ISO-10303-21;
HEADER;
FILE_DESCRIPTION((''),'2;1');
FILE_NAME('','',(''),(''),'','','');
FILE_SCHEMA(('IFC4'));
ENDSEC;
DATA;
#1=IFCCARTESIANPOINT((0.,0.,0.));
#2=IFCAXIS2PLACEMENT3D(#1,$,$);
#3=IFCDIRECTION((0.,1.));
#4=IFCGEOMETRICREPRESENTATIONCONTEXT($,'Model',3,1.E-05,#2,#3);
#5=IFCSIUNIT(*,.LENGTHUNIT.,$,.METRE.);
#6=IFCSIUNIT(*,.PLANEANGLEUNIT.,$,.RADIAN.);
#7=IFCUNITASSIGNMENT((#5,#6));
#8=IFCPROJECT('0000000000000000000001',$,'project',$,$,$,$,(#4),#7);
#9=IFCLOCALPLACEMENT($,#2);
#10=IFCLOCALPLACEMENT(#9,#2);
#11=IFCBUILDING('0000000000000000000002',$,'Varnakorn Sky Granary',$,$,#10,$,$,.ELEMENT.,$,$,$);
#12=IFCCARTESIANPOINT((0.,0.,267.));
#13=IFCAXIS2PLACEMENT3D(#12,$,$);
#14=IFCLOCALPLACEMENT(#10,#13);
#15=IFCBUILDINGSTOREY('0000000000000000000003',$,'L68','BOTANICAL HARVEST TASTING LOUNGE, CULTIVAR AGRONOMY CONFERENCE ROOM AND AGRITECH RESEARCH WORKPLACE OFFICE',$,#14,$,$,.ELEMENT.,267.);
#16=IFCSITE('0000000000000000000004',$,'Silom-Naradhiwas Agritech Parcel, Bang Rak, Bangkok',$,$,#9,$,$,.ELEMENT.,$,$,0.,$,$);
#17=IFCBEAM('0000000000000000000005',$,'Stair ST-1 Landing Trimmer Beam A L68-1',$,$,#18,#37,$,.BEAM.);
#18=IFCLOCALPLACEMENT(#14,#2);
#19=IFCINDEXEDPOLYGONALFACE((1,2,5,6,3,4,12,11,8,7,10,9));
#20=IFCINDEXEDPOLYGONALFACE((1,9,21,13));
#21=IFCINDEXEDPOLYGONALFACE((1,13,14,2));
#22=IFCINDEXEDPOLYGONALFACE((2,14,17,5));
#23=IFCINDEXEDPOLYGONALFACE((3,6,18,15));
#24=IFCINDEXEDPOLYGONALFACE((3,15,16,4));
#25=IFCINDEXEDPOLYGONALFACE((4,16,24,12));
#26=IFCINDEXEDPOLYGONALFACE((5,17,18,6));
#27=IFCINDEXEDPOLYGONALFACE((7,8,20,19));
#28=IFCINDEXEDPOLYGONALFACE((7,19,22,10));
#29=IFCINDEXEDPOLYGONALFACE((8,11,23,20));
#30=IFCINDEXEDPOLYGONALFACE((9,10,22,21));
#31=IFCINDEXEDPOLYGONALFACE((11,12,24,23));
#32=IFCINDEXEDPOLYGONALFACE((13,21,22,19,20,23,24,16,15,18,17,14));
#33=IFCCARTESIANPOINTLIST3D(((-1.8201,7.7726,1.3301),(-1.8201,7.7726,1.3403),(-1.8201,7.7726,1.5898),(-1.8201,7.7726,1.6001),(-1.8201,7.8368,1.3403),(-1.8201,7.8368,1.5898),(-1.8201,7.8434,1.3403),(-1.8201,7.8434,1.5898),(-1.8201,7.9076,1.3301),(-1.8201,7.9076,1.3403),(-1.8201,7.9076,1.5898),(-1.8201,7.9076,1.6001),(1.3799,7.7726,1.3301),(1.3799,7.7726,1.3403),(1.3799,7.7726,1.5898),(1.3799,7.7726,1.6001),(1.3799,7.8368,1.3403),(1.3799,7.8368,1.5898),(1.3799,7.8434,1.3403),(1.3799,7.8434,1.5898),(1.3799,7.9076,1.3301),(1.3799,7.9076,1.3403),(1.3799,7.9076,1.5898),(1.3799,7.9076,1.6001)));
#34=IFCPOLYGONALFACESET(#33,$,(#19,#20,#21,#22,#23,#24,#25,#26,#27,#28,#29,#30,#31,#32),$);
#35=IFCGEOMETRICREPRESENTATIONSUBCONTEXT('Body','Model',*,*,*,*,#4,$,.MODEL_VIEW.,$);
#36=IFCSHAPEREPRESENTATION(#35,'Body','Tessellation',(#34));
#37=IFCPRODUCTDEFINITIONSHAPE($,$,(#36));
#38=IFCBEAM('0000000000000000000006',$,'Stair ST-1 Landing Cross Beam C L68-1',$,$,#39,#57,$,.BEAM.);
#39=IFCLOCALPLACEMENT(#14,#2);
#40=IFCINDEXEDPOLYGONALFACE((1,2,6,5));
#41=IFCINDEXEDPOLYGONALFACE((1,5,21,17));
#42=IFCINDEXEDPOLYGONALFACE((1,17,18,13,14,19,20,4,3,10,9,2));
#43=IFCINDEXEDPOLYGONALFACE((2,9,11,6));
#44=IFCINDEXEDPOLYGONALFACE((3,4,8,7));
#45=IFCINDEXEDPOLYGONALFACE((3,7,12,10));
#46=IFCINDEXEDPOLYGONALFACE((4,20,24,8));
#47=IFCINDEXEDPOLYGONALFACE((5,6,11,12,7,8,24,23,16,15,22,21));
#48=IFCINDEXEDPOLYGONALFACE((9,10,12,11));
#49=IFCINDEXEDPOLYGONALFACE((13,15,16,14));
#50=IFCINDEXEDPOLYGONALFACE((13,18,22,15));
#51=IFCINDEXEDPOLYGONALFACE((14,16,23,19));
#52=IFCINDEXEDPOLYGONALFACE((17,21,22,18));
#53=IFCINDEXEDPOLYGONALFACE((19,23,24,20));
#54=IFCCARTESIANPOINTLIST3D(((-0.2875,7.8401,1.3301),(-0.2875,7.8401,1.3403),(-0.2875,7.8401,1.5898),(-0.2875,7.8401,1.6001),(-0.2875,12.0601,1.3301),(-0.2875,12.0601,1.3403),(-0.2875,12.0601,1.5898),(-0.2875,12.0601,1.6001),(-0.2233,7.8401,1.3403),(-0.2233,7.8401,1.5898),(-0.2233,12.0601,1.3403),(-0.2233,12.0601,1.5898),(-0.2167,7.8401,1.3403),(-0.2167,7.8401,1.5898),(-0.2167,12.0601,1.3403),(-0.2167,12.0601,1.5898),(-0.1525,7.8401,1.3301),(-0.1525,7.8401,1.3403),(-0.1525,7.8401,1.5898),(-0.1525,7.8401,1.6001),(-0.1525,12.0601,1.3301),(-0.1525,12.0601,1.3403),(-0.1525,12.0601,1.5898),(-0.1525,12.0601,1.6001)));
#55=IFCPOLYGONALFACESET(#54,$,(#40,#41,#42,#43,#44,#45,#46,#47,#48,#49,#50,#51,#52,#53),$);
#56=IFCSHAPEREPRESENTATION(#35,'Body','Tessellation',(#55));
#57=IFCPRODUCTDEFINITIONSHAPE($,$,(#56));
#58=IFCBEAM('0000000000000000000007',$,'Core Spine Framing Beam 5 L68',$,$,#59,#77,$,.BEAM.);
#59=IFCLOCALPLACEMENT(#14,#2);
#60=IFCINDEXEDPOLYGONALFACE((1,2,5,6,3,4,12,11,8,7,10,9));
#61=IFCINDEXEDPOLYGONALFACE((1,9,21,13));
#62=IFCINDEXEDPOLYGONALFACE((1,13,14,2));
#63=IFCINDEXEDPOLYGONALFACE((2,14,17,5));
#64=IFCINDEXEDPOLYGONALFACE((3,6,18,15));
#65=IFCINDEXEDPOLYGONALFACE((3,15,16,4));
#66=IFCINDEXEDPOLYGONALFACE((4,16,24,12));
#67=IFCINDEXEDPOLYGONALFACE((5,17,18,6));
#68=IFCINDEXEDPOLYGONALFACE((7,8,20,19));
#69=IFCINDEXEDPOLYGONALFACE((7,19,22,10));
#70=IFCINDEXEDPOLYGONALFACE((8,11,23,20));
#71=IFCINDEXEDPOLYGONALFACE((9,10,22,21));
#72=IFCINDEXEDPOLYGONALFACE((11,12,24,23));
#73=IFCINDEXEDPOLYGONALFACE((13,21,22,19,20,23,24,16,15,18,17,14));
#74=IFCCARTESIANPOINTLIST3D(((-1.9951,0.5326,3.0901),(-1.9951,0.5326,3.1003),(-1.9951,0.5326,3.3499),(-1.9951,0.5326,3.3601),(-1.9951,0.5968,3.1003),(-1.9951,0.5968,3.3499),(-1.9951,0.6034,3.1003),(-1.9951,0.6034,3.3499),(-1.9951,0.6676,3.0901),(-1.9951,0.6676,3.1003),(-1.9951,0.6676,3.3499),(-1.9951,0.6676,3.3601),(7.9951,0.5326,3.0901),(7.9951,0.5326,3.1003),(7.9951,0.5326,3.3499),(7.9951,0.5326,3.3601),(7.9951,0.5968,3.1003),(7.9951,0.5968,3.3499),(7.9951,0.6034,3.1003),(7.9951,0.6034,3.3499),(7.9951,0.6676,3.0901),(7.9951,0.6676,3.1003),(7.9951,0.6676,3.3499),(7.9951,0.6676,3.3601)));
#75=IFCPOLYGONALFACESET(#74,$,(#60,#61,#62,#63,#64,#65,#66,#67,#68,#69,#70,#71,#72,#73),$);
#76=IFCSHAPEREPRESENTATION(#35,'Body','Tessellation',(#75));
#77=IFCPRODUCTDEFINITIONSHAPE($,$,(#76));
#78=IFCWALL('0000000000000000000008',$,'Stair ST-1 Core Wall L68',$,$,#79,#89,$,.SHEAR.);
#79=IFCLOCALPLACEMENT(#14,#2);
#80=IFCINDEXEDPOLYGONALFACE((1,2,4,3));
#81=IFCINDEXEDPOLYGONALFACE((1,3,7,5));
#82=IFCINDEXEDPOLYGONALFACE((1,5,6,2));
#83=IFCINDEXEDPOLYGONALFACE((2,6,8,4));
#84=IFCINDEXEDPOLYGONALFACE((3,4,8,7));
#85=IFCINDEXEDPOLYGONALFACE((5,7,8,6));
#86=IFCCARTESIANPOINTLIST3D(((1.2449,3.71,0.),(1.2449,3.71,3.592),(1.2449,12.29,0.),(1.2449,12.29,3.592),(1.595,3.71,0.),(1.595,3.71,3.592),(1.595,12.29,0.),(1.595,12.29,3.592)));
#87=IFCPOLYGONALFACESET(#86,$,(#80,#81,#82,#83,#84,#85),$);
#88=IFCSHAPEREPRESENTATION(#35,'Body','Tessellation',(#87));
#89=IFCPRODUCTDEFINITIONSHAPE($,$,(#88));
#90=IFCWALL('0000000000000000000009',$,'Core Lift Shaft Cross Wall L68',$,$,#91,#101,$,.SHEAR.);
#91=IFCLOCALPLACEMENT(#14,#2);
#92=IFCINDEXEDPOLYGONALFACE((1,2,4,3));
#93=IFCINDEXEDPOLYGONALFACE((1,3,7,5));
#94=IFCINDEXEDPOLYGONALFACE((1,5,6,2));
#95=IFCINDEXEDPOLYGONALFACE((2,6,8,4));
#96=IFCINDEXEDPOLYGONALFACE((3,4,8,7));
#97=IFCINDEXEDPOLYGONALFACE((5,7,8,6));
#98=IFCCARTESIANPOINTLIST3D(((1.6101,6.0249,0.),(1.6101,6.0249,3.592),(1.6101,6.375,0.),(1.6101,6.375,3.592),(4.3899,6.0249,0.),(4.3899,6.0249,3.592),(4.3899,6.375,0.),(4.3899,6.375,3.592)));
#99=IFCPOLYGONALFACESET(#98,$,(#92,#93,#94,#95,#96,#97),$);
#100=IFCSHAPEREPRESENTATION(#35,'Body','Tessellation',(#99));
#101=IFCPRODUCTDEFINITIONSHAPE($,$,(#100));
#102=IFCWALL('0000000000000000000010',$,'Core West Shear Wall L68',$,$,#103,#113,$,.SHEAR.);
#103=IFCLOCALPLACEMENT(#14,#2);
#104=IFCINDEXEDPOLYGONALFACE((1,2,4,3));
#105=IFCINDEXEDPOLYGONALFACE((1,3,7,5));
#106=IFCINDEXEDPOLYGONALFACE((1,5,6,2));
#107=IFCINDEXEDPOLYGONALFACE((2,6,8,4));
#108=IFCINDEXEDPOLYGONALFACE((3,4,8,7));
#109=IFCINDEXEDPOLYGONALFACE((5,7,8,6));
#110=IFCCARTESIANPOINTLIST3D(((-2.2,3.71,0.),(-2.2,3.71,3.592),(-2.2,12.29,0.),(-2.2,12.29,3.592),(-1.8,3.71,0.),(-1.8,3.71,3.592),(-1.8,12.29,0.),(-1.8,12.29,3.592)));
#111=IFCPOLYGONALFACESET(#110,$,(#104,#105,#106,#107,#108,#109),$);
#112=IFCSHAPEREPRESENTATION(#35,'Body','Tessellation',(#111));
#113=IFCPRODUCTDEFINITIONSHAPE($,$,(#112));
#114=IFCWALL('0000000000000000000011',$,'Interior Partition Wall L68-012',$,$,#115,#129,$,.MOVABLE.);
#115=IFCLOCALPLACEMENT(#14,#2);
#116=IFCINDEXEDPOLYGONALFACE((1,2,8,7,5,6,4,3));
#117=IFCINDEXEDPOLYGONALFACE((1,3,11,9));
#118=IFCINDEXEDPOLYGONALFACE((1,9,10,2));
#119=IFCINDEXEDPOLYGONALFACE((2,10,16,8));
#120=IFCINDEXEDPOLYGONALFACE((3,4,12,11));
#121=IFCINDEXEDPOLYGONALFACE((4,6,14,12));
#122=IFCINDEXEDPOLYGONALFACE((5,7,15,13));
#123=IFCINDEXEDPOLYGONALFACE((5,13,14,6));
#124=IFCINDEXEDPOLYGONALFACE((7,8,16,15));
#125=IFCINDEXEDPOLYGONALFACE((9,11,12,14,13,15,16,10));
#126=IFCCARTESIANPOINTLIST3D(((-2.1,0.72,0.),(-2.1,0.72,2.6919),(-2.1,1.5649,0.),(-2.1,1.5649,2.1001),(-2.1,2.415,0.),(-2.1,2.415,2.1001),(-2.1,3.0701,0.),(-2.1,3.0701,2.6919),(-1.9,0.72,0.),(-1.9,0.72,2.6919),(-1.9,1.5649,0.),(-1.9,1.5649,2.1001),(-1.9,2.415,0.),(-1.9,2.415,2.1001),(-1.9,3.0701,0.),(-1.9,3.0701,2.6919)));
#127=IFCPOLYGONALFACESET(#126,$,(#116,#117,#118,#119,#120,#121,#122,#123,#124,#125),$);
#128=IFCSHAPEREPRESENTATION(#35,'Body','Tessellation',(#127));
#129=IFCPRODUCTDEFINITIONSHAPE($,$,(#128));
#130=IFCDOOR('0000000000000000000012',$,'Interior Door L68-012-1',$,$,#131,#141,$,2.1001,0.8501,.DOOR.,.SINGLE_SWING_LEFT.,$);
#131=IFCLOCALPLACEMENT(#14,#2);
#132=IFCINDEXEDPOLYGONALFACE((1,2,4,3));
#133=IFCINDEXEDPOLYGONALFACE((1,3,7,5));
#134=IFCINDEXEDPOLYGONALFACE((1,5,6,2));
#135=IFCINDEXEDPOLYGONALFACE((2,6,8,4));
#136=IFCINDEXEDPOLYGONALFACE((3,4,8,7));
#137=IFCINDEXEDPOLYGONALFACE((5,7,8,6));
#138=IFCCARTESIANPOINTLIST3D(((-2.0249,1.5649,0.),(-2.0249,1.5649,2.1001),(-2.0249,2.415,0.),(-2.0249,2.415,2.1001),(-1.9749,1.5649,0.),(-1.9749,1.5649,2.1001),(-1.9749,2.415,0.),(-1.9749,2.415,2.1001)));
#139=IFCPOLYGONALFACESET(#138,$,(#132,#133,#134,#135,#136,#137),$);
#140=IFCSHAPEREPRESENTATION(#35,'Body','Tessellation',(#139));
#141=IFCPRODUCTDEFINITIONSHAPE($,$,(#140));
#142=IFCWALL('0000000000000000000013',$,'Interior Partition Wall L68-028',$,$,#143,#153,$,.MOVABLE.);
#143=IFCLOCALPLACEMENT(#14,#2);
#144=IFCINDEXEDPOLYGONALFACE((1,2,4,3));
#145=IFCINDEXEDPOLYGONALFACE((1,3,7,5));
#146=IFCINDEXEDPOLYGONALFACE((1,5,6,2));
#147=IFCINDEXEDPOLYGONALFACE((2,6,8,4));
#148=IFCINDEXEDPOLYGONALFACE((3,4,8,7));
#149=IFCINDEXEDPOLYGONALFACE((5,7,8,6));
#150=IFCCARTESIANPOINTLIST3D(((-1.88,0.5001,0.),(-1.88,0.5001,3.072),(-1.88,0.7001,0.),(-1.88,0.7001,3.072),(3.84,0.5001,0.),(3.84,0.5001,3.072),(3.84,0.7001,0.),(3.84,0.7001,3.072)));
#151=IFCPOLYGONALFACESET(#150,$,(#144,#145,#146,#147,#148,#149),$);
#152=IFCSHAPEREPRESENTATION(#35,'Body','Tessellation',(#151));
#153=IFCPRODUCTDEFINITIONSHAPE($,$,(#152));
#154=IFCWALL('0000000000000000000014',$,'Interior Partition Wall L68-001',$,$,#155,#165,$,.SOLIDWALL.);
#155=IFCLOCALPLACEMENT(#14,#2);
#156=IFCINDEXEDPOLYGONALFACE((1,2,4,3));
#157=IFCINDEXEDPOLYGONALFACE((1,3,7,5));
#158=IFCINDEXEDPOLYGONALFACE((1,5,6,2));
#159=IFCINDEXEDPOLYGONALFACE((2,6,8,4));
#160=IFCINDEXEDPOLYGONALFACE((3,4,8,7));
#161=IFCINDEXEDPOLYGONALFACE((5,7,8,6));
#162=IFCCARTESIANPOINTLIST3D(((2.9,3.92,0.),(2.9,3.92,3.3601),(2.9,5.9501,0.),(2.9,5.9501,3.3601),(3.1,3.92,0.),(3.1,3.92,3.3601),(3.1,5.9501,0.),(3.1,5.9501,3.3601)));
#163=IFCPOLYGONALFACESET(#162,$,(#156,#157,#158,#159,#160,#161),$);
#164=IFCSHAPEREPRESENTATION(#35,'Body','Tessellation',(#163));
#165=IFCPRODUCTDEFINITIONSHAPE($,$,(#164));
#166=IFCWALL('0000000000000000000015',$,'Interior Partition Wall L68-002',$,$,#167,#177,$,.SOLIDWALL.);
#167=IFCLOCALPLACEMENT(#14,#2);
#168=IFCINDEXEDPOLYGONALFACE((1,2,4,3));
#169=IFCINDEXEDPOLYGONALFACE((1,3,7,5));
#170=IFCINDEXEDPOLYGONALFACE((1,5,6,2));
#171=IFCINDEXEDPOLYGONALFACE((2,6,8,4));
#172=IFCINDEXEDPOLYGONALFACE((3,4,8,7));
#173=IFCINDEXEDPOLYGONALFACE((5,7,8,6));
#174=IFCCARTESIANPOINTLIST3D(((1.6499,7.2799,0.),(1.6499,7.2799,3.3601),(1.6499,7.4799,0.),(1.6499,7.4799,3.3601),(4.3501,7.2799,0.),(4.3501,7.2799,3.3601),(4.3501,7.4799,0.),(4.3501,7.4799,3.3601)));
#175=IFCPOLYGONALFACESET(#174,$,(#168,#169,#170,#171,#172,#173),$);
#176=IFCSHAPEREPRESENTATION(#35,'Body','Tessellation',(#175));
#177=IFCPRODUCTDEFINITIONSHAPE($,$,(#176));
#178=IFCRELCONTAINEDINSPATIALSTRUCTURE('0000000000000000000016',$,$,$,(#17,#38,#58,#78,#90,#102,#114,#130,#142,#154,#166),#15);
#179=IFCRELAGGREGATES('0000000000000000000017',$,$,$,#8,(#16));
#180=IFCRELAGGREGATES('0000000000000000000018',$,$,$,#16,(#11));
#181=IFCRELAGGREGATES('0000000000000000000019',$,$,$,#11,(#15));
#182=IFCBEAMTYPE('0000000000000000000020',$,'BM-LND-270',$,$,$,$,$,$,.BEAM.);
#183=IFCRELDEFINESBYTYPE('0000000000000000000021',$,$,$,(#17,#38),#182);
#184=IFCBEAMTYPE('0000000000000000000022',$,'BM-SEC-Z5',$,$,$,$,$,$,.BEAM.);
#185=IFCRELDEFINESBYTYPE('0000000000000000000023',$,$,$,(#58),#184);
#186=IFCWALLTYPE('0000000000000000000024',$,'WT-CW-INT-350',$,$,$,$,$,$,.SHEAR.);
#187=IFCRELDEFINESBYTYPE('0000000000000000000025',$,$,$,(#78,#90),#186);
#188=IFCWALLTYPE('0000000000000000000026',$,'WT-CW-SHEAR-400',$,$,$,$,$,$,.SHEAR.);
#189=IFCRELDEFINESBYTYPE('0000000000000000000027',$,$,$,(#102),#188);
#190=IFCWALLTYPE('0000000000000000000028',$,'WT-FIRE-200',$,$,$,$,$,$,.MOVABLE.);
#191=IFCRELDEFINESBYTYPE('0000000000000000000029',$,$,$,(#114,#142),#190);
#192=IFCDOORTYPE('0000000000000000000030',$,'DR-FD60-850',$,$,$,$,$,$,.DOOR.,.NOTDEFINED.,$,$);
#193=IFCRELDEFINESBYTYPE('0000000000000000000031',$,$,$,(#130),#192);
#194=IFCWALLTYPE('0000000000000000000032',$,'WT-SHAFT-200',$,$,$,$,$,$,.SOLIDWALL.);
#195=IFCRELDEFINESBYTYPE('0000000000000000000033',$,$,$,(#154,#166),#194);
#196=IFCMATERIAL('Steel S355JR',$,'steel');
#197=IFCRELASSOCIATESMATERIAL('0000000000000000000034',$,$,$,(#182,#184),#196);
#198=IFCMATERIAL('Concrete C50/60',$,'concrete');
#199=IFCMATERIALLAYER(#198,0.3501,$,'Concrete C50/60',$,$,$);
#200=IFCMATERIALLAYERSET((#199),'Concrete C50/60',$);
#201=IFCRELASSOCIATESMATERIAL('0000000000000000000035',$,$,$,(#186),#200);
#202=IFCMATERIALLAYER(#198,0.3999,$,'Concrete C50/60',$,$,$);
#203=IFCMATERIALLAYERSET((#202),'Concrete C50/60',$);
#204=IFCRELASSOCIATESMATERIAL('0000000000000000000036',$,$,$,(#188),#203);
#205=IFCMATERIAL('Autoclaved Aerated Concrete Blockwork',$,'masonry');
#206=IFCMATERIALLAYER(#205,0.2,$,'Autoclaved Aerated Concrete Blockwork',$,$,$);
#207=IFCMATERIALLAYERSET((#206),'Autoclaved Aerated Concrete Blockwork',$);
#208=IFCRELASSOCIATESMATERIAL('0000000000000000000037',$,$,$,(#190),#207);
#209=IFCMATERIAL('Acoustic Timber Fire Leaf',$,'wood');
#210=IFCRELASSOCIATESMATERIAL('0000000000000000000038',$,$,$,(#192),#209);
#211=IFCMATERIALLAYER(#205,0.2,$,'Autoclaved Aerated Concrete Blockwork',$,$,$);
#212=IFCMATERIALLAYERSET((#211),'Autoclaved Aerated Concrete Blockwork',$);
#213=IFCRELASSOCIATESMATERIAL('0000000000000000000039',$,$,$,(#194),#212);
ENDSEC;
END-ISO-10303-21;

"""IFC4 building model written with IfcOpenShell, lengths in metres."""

from ifc_helpers import new_model, si_unit, direction, frame, frame_2d, origin, origin_2d, place, context, subcontext, project, spatial, rectangle, i_section, extrude, material, layer, layer_set, material_profile, profile_set, type_object, element, fill, save


model = new_model("IFC4")

# Units and contexts
model_context = context("Model", 3, precision=1e-05, world=origin(), true_north=direction((0.0, 1.0)))
body_context = subcontext(model_context, "Body", "Model", "MODEL_VIEW")
ifc_project = project(units=[si_unit("LENGTHUNIT", "METRE"), si_unit("PLANEANGLEUNIT", "RADIAN")], contexts=[model_context])

# Site, building, storey
site_placement = place(None, origin())
site = spatial("IfcSite", under=ifc_project, at=site_placement, Name="Silom-Naradhiwas Agritech Parcel, Bang Rak, Bangkok", CompositionType="ELEMENT", RefElevation=0.0)
building_placement = place(site_placement, origin())
building = spatial("IfcBuilding", under=site, at=building_placement, Name="Varnakorn Sky Granary", CompositionType="ELEMENT")
storey_placement = place(building_placement, frame((0.0, 0.0, 267.0)))
storey = spatial("IfcBuildingStorey", under=building, at=storey_placement, Name="L68", Description="BOTANICAL HARVEST TASTING LOUNGE, CULTIVAR AGRONOMY CONFERENCE ROOM AND AGRITECH RESEARCH WORKPLACE OFFICE", CompositionType="ELEMENT", Elevation=267.0)

# Beams
ifc_material_1 = material(Name="Steel S355JR", Category="steel")
ifc_material_profile_1 = material_profile(ifc_material_1, i_section(OverallWidth=0.135, OverallDepth=0.27, WebThickness=0.0066, FlangeThickness=0.0103, at=origin_2d()), Name="IPE 270")
ifc_profile_set_1 = profile_set([ifc_material_profile_1], Name="Steel S355JR")
beam_type_1 = type_object("IfcBeamType", Name="BM-LND-270", PredefinedType="BEAM", material=ifc_profile_set_1)
beam_1_placement = place(storey_placement, frame((-1.8201, 7.8401, 1.4651), z_axis=(1.0, 0.0, 0.0), x_axis=(0.0, 1.0, 0.0)))
element("IfcBeam", 1, at=beam_1_placement, inside=storey, type_object=beam_type_1, Name="Stair ST-1 Landing Trimmer Beam A L68-1", PredefinedType="BEAM", context=body_context, shape_type="SweptSolid", body=[
    extrude(i_section(OverallWidth=0.135, OverallDepth=0.27, WebThickness=0.0066, FlangeThickness=0.0103, at=origin_2d()), origin(), (0.0, 0.0, 1.0), 3.2),
])
beam_2_placement = place(storey_placement, frame((-0.22, 7.8401, 1.4651), z_axis=(0.0, 1.0, 0.0), x_axis=(-1.0, 0.0, 0.0)))
element("IfcBeam", 2, at=beam_2_placement, inside=storey, type_object=beam_type_1, Name="Stair ST-1 Landing Cross Beam C L68-1", PredefinedType="BEAM", context=body_context, shape_type="SweptSolid", body=[
    extrude(i_section(OverallWidth=0.135, OverallDepth=0.27, WebThickness=0.0066, FlangeThickness=0.0103, at=origin_2d()), origin(), (0.0, 0.0, 1.0), 4.22),
])
ifc_material_profile_2 = material_profile(ifc_material_1, i_section(OverallWidth=0.135, OverallDepth=0.27, WebThickness=0.0066, FlangeThickness=0.0103, at=origin_2d()), Name="IPE 270")
ifc_profile_set_2 = profile_set([ifc_material_profile_2], Name="Steel S355JR")
beam_type_2 = type_object("IfcBeamType", Name="BM-SEC-Z5", PredefinedType="BEAM", material=ifc_profile_set_2)
beam_3_placement = place(storey_placement, frame((-1.9951, 0.6001, 3.2251), z_axis=(1.0, 0.0, 0.0), x_axis=(0.0, 1.0, 0.0)))
element("IfcBeam", 3, at=beam_3_placement, inside=storey, type_object=beam_type_2, Name="Core Spine Framing Beam 5 L68", PredefinedType="BEAM", context=body_context, shape_type="SweptSolid", body=[
    extrude(i_section(OverallWidth=0.135, OverallDepth=0.27, WebThickness=0.0066, FlangeThickness=0.0103, at=origin_2d()), origin(), (0.0, 0.0, 1.0), 9.9902),
])

# Walls
ifc_material_2 = material(Name="Concrete C50/60", Category="concrete")
ifc_layer_1 = layer(ifc_material_2, 0.3501, Name="Concrete C50/60")
ifc_layer_set_1 = layer_set([ifc_layer_1], Name="Concrete C50/60")
wall_type_1 = type_object("IfcWallType", Name="WT-CW-INT-350", PredefinedType="SHEAR", material=ifc_layer_set_1)
wall_1_placement = place(storey_placement, frame((1.4199, 3.71, 0.0), z_axis=(0.0, 0.0, 1.0), x_axis=(0.0, 1.0, 0.0)))
element("IfcWall", 4, at=wall_1_placement, inside=storey, type_object=wall_type_1, Name="Stair ST-1 Core Wall L68", PredefinedType="SHEAR", context=body_context, shape_type="SweptSolid", body=[
    extrude(rectangle(XDim=8.5801, YDim=0.3501, at=frame_2d((4.29, 0.0))), origin(), (0.0, 0.0, 1.0), 3.592),
])
wall_2_placement = place(storey_placement, frame((1.6101, 6.2, 0.0), z_axis=(0.0, 0.0, 1.0), x_axis=(1.0, 0.0, 0.0)))
element("IfcWall", 5, at=wall_2_placement, inside=storey, type_object=wall_type_1, Name="Core Lift Shaft Cross Wall L68", PredefinedType="SHEAR", context=body_context, shape_type="SweptSolid", body=[
    extrude(rectangle(XDim=2.7798, YDim=0.3501, at=frame_2d((1.3899, 0.0))), origin(), (0.0, 0.0, 1.0), 3.592),
])

# Shared definitions
ifc_layer_2 = layer(ifc_material_2, 0.3999, Name="Concrete C50/60")
ifc_layer_set_2 = layer_set([ifc_layer_2], Name="Concrete C50/60")
wall_type_2 = type_object("IfcWallType", Name="WT-CW-SHEAR-400", PredefinedType="SHEAR", material=ifc_layer_set_2)

# Wall
wall_3_placement = place(storey_placement, frame((-2.0, 3.71, 0.0), z_axis=(0.0, 0.0, 1.0), x_axis=(0.0, 1.0, 0.0)))
element("IfcWall", 6, at=wall_3_placement, inside=storey, type_object=wall_type_2, Name="Core West Shear Wall L68", PredefinedType="SHEAR", context=body_context, shape_type="SweptSolid", body=[
    extrude(rectangle(XDim=8.5801, YDim=0.3999, at=frame_2d((4.29, 0.0))), origin(), (0.0, 0.0, 1.0), 3.592),
])

# Wall, opening, door
ifc_material_3 = material(Name="Autoclaved Aerated Concrete Blockwork", Category="masonry")
ifc_layer_3 = layer(ifc_material_3, 0.2, Name="Autoclaved Aerated Concrete Blockwork")
ifc_layer_set_3 = layer_set([ifc_layer_3], Name="Autoclaved Aerated Concrete Blockwork")
wall_type_3 = type_object("IfcWallType", Name="WT-FIRE-200", PredefinedType="MOVABLE", material=ifc_layer_set_3)
wall_4_placement = place(storey_placement, frame((-2.0, 0.72, 0.0), z_axis=(0.0, 0.0, 1.0), x_axis=(0.0, 1.0, 0.0)))
wall_4 = element("IfcWall", 7, at=wall_4_placement, inside=storey, type_object=wall_type_3, Name="Interior Partition Wall L68-012", PredefinedType="MOVABLE", context=body_context, shape_type="SweptSolid", body=[
    extrude(rectangle(XDim=2.3501, YDim=0.2, at=frame_2d((1.175, 0.0))), origin(), (0.0, 0.0, 1.0), 2.6919),
])
opening_1_placement = place(wall_4_placement, frame((0.845, 0.0, 0.0)))
opening_1 = element("IfcOpeningElement", 8, at=opening_1_placement, cuts=wall_4, PredefinedType="OPENING", context=body_context, shape_type="SweptSolid", body=[
    extrude(rectangle(XDim=0.8501, YDim=2.1001, at=frame_2d((0.425, 1.05))), frame((0.0, 0.1099, 0.0), z_axis=(0.0, -1.0, 0.0), x_axis=(1.0, 0.0, 0.0)), (0.0, 0.0, 1.0), 0.22),
])
ifc_material_4 = material(Name="Acoustic Timber Fire Leaf", Category="wood")
door_type_1 = type_object("IfcDoorType", Name="DR-FD60-850", OperationType="NOTDEFINED", PredefinedType="DOOR", material=ifc_material_4)
door_1_placement = place(opening_1_placement, origin())
door_1 = element("IfcDoor", 9, at=door_1_placement, inside=storey, type_object=door_type_1, Name="Interior Door L68-012-1", OperationType="SINGLE_SWING_LEFT", OverallHeight=2.1001, OverallWidth=0.8501, PredefinedType="DOOR", context=body_context, shape_type="SweptSolid", body=[
    extrude(rectangle(XDim=0.8501, YDim=2.1001, at=frame_2d((0.425, 1.05))), frame((0.0, 0.0249, 0.0), z_axis=(0.0, -1.0, 0.0), x_axis=(1.0, 0.0, 0.0)), (0.0, 0.0, 1.0), 0.05),
])
fill(opening_1, door_1)

# Walls
wall_5_placement = place(storey_placement, frame((-1.8799, 0.6001, 0.0), z_axis=(0.0, 0.0, 1.0), x_axis=(1.0, 0.0, 0.0)))
element("IfcWall", 10, at=wall_5_placement, inside=storey, type_object=wall_type_3, Name="Interior Partition Wall L68-028", PredefinedType="MOVABLE", context=body_context, shape_type="SweptSolid", body=[
    extrude(rectangle(XDim=5.72, YDim=0.2, at=frame_2d((2.8599, 0.0))), origin(), (0.0, 0.0, 1.0), 3.072),
])
ifc_layer_4 = layer(ifc_material_3, 0.2, Name="Autoclaved Aerated Concrete Blockwork")
ifc_layer_set_4 = layer_set([ifc_layer_4], Name="Autoclaved Aerated Concrete Blockwork")
wall_type_4 = type_object("IfcWallType", Name="WT-SHAFT-200", PredefinedType="SOLIDWALL", material=ifc_layer_set_4)
wall_6_placement = place(storey_placement, frame((3.0, 3.9199, 0.0), z_axis=(0.0, 0.0, 1.0), x_axis=(0.0, 1.0, 0.0)))
element("IfcWall", 11, at=wall_6_placement, inside=storey, type_object=wall_type_4, Name="Interior Partition Wall L68-001", PredefinedType="SOLIDWALL", context=body_context, shape_type="SweptSolid", body=[
    extrude(rectangle(XDim=2.03, YDim=0.2, at=frame_2d((1.0151, 0.0))), origin(), (0.0, 0.0, 1.0), 3.3601),
])
wall_7_placement = place(storey_placement, frame((1.6499, 7.3799, 0.0), z_axis=(0.0, 0.0, 1.0), x_axis=(1.0, 0.0, 0.0)))
element("IfcWall", 12, at=wall_7_placement, inside=storey, type_object=wall_type_4, Name="Interior Partition Wall L68-002", PredefinedType="SOLIDWALL", context=body_context, shape_type="SweptSolid", body=[
    extrude(rectangle(XDim=2.7002, YDim=0.2, at=frame_2d((1.3501, 0.0))), origin(), (0.0, 0.0, 1.0), 3.3601),
])

save(model, "model.ifc")
